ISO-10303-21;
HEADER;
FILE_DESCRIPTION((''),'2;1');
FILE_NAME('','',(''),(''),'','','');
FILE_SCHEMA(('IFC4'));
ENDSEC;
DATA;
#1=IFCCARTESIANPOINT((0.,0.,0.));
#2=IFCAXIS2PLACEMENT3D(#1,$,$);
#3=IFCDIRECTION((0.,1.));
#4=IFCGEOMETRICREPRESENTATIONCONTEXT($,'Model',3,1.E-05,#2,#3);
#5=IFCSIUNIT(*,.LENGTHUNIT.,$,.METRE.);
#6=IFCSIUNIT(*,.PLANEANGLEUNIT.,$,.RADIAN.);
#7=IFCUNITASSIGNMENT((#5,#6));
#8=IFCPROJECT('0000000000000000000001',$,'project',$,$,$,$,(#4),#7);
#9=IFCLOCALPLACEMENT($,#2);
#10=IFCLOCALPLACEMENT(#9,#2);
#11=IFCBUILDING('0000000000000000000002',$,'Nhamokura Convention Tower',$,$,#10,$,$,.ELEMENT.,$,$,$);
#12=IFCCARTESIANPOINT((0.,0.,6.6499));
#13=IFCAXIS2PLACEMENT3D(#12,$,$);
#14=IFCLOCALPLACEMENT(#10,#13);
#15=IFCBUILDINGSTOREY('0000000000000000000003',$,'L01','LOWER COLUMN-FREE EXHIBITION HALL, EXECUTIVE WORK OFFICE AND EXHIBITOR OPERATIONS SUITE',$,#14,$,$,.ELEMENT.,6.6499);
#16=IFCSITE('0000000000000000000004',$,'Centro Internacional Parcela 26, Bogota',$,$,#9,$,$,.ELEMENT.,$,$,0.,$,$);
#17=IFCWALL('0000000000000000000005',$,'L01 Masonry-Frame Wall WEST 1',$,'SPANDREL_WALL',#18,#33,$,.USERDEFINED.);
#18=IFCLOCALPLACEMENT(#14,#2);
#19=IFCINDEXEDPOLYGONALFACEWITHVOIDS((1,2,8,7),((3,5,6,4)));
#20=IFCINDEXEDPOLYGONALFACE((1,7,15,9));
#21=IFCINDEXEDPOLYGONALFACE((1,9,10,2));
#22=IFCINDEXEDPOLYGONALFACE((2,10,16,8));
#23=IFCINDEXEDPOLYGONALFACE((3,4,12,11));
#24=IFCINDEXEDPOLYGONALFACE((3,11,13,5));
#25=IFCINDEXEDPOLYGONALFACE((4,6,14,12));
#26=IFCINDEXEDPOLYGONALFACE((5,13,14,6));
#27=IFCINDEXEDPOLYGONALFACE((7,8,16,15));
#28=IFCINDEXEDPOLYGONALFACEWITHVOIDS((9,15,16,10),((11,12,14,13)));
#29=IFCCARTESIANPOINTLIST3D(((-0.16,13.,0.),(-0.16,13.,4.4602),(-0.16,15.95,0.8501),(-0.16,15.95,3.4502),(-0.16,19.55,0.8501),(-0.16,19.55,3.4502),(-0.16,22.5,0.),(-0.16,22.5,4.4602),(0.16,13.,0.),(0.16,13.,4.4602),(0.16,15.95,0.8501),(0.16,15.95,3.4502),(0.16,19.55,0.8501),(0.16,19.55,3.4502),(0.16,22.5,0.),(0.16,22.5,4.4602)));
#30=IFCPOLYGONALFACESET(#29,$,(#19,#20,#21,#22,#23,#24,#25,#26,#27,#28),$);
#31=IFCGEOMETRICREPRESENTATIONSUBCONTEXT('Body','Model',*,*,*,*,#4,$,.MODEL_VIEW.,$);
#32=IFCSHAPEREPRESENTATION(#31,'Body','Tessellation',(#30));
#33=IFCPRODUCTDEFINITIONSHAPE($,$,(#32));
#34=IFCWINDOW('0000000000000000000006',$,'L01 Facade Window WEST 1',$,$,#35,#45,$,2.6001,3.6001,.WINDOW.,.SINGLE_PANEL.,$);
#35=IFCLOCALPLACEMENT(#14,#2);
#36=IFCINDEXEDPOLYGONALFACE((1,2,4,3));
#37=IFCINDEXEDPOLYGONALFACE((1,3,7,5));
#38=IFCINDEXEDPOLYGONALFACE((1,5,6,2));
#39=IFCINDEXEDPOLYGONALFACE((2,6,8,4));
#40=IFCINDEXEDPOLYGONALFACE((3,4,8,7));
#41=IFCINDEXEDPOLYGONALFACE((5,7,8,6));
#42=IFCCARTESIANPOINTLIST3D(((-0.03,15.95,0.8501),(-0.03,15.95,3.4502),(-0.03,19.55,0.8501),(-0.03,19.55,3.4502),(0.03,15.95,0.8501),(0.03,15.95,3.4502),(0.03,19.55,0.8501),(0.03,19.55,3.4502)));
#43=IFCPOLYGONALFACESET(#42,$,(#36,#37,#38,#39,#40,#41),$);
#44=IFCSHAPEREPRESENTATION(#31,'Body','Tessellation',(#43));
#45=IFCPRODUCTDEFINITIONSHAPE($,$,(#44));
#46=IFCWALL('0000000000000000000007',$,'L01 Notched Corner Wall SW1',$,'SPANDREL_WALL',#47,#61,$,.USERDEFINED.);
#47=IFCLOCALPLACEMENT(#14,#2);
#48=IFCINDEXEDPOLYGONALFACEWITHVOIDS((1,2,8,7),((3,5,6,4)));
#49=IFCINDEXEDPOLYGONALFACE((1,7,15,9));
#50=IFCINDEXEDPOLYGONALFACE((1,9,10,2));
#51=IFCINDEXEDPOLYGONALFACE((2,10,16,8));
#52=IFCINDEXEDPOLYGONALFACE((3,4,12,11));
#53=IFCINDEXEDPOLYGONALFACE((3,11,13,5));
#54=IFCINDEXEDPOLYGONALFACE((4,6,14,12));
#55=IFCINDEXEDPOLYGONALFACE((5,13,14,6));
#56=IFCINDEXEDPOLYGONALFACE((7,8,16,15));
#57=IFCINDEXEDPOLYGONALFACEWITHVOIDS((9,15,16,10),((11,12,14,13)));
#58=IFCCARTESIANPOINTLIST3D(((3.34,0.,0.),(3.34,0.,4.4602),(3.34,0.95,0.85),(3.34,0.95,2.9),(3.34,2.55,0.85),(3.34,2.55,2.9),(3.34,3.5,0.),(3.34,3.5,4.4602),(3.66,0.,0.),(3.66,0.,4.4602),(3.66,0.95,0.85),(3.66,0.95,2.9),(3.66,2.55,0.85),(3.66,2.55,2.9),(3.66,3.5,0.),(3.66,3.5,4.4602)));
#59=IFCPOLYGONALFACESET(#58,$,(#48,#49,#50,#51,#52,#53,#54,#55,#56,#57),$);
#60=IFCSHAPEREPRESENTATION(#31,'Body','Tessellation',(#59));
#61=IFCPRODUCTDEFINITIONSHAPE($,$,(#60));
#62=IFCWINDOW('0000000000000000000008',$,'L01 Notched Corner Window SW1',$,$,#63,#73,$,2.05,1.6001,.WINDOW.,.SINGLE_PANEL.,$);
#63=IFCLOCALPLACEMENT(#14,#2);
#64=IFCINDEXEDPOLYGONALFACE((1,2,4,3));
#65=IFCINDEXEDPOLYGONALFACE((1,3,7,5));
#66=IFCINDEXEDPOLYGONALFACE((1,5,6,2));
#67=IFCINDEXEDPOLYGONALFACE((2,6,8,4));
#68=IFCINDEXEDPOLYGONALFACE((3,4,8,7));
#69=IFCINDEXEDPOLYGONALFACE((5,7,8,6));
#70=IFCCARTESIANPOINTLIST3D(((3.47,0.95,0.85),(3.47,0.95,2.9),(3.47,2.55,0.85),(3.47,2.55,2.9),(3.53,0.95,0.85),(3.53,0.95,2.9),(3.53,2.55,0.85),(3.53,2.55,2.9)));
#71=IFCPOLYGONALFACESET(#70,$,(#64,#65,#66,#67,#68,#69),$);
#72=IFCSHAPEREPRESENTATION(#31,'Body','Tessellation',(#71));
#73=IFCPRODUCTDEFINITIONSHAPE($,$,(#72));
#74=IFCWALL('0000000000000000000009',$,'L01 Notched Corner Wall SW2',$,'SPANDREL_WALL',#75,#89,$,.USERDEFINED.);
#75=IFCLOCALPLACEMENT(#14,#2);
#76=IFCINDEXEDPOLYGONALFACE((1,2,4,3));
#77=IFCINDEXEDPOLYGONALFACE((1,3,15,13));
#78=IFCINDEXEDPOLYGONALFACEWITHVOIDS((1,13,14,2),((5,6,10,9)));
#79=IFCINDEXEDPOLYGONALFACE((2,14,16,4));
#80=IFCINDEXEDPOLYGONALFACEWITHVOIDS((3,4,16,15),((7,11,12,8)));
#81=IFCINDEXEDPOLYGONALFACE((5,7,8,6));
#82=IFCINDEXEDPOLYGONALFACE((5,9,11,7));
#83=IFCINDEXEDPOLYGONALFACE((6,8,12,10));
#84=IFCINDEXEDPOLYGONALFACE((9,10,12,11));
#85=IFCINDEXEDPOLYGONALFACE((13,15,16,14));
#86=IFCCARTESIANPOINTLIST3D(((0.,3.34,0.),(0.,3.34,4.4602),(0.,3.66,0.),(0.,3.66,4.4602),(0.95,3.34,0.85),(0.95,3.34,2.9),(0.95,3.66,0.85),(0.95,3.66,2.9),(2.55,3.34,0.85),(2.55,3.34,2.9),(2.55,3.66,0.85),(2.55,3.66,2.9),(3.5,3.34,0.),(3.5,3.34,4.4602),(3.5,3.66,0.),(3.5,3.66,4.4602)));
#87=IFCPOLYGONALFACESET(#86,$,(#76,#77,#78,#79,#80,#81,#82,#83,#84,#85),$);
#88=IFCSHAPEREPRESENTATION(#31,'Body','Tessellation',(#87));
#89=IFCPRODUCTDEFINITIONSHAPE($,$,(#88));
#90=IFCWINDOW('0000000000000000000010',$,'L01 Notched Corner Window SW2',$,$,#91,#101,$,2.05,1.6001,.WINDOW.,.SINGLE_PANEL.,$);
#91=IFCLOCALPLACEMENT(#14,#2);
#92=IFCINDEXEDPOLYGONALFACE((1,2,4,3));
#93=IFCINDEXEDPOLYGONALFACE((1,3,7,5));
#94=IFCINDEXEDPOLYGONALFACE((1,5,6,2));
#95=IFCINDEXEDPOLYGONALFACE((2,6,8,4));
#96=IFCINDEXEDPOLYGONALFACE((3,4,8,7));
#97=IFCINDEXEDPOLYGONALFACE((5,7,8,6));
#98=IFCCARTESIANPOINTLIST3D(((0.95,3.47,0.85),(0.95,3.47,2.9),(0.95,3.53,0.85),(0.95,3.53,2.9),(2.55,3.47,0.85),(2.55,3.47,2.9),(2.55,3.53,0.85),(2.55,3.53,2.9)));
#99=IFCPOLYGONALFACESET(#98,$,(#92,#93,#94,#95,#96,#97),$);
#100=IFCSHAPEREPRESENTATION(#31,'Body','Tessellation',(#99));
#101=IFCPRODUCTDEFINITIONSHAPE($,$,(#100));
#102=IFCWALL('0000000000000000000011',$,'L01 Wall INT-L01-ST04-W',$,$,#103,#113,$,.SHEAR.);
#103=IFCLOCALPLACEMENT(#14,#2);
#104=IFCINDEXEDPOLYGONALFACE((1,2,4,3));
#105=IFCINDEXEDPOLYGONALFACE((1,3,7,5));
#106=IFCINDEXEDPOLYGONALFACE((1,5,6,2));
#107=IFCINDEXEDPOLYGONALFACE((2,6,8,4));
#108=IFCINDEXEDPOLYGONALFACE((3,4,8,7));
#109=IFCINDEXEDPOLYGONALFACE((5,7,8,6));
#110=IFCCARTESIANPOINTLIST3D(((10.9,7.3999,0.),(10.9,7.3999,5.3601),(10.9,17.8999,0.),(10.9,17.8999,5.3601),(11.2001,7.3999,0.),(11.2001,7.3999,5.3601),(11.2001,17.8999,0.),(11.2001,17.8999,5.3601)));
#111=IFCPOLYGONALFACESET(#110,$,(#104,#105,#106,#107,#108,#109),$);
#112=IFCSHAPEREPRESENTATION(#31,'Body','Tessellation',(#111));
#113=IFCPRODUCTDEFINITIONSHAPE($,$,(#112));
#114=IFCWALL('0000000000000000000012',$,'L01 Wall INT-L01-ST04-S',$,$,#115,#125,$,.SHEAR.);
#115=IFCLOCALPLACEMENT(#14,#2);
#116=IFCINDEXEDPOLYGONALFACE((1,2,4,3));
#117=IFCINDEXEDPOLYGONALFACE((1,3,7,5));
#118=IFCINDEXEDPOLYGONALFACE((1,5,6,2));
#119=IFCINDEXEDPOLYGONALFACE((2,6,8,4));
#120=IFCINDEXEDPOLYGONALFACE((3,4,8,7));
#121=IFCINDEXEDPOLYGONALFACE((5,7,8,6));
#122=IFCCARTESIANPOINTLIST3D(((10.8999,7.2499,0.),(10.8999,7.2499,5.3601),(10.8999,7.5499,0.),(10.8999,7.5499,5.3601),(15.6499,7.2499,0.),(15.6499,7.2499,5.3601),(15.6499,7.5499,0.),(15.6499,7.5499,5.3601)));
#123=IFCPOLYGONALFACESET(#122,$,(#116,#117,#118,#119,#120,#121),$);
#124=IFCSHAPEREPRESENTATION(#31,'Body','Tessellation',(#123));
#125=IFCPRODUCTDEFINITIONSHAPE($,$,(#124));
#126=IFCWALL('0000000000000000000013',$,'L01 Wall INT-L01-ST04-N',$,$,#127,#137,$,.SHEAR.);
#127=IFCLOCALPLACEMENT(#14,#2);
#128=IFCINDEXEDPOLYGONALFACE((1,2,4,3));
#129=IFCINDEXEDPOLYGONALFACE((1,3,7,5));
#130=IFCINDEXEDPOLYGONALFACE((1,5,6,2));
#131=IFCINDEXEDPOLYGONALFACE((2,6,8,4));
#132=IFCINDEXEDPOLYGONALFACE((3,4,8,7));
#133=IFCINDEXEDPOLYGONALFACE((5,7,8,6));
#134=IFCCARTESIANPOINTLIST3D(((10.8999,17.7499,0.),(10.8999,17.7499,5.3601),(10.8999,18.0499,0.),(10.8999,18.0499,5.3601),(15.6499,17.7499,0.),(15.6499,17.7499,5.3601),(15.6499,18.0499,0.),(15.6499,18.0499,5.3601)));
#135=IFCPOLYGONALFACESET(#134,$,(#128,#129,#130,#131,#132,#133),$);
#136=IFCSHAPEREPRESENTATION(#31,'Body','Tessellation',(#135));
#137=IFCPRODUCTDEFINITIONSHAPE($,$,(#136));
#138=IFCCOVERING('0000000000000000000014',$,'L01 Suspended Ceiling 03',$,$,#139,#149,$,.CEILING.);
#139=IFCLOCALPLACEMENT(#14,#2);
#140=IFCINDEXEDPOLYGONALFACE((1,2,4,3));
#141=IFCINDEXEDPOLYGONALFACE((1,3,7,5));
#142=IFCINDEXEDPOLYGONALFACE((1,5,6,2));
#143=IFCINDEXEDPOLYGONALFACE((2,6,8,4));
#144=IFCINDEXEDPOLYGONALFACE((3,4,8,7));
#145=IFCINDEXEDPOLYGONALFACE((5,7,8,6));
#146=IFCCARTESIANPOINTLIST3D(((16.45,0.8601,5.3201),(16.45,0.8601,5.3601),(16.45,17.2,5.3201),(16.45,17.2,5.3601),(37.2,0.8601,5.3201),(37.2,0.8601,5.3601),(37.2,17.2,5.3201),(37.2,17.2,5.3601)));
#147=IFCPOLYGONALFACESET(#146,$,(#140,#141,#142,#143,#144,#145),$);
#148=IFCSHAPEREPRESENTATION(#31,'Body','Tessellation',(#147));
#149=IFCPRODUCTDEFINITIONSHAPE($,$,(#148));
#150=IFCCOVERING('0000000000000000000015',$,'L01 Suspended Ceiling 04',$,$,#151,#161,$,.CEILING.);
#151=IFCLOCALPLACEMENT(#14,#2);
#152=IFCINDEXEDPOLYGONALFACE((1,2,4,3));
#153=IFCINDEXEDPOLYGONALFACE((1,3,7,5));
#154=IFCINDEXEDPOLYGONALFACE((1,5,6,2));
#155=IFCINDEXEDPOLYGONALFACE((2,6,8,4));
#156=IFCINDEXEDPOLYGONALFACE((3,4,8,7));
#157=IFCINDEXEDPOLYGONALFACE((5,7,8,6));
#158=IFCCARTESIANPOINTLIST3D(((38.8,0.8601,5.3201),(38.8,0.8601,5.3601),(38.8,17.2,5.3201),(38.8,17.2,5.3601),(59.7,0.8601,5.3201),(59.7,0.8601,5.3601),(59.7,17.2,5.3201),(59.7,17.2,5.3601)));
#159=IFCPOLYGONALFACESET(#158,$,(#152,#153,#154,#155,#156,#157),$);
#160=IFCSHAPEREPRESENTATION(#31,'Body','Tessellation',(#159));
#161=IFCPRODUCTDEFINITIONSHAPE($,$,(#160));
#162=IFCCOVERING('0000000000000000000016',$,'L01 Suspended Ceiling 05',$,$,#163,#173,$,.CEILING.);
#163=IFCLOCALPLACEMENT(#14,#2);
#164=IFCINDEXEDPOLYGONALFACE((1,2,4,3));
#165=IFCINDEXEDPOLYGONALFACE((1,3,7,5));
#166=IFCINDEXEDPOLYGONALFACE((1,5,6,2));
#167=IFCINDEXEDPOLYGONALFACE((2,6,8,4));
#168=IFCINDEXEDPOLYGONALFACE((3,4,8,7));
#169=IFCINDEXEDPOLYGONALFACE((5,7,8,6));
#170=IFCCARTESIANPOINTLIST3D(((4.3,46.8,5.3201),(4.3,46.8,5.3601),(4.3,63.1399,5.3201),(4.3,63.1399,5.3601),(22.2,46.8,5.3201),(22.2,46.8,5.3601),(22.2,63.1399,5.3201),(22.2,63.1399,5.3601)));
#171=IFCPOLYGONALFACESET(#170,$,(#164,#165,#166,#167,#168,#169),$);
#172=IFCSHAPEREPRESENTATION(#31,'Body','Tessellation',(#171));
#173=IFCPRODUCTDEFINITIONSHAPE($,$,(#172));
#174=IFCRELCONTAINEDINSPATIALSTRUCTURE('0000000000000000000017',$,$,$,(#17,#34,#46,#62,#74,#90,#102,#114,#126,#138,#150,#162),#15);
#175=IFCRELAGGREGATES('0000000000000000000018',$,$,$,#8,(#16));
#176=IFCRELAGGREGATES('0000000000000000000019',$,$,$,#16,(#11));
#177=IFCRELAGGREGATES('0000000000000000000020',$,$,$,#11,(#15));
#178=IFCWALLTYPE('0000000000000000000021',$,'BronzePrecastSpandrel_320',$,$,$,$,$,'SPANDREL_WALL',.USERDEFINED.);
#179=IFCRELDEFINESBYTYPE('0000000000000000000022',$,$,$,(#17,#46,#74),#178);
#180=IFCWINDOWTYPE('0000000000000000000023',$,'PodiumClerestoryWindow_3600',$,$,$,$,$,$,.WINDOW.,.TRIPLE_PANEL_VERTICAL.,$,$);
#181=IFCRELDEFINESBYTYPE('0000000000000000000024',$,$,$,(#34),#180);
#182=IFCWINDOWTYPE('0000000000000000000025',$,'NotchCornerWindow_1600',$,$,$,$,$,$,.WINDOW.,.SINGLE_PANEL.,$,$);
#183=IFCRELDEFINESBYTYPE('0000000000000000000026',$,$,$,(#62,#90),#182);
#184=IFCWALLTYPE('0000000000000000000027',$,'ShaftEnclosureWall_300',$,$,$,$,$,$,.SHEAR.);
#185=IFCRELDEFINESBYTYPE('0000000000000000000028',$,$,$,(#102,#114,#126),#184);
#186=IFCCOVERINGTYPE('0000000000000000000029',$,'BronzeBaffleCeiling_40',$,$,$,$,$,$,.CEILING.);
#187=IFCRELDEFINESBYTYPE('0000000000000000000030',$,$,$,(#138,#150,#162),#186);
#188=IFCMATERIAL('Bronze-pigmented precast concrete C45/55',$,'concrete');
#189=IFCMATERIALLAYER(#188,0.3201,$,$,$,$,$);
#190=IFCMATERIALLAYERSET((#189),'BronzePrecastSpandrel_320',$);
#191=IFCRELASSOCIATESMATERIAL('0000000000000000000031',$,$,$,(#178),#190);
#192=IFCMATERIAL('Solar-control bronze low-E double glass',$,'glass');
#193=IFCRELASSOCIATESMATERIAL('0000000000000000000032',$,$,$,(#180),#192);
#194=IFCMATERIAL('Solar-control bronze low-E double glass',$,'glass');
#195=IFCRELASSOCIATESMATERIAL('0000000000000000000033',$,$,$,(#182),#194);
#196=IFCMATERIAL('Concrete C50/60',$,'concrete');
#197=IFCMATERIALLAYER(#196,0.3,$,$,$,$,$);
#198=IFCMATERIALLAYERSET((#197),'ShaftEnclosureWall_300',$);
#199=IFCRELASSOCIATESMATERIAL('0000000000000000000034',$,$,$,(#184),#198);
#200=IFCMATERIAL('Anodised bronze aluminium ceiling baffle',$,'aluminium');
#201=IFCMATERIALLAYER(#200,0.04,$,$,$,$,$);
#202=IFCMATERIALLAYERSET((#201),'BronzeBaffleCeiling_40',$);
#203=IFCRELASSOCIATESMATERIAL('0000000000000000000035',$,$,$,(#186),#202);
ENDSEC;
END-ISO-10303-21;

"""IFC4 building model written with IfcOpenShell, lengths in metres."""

from ifc_helpers import new_model, si_unit, direction, frame, frame_2d, origin, place, context, subcontext, project, spatial, polyline, rectangle, outline, extrude, material, layer, layer_set, type_object, element, fill, save


model = new_model("IFC4")

# Units and contexts
model_context = context("Model", 3, precision=1e-05, world=origin(), true_north=direction((0.0, 1.0)))
body_context = subcontext(model_context, "Body", "Model", "MODEL_VIEW")
ifc_project = project(units=[si_unit("LENGTHUNIT", "METRE"), si_unit("PLANEANGLEUNIT", "RADIAN")], contexts=[model_context])

# Site, building, storey
site_placement = place(None, origin())
site = spatial("IfcSite", under=ifc_project, at=site_placement, Name="Centro Internacional Parcela 26, Bogota", CompositionType="ELEMENT", RefElevation=0.0)
building_placement = place(site_placement, origin())
building = spatial("IfcBuilding", under=site, at=building_placement, Name="Nhamokura Convention Tower", CompositionType="ELEMENT")
storey_placement = place(building_placement, frame((0.0, 0.0, 6.6499)))
storey = spatial("IfcBuildingStorey", under=building, at=storey_placement, Name="L01", Description="LOWER COLUMN-FREE EXHIBITION HALL, EXECUTIVE WORK OFFICE AND EXHIBITOR OPERATIONS SUITE", CompositionType="ELEMENT", Elevation=6.6499)

# Shared definitions
ifc_material_1 = material(Name="Bronze-pigmented precast concrete C45/55", Category="concrete")
ifc_layer_1 = layer(ifc_material_1, 0.3201)
ifc_layer_set_1 = layer_set([ifc_layer_1], Name="BronzePrecastSpandrel_320")
wall_type_1 = type_object("IfcWallType", Name="BronzePrecastSpandrel_320", ElementType="SPANDREL_WALL", PredefinedType="USERDEFINED", material=ifc_layer_set_1)

# Walls, openings, windows
wall_1_placement = place(storey_placement, frame((0.0, 13.0, 0.0), z_axis=(0.0, 0.0, 1.0), x_axis=(0.0, 1.0, 0.0)))
wall_1 = element("IfcWall", 1, at=wall_1_placement, inside=storey, type_object=wall_type_1, Name="L01 Masonry-Frame Wall WEST 1", ObjectType="SPANDREL_WALL", PredefinedType="USERDEFINED", context=body_context, shape_type="SweptSolid", body=[
    extrude(rectangle(XDim=9.5, YDim=0.3201, at=frame_2d((4.75, 0.0))), origin(), (0.0, 0.0, 1.0), 4.4602),
])
opening_1_placement = place(wall_1_placement, frame((2.95, 0.0, 0.8501)))
opening_1 = element("IfcOpeningElement", 2, at=opening_1_placement, cuts=wall_1, PredefinedType="OPENING", context=body_context, shape_type="SweptSolid", body=[
    extrude(rectangle(XDim=3.6001, YDim=2.6001, at=frame_2d((1.8, 1.3))), frame((0.0, 0.1699, 0.0), z_axis=(0.0, -1.0, 0.0), x_axis=(1.0, 0.0, 0.0)), (0.0, 0.0, 1.0), 0.3401),
])
ifc_material_2 = material(Name="Solar-control bronze low-E double glass", Category="glass")
window_type_1 = type_object("IfcWindowType", Name="PodiumClerestoryWindow_3600", PartitioningType="TRIPLE_PANEL_VERTICAL", PredefinedType="WINDOW", material=ifc_material_2)
window_1_placement = place(opening_1_placement, origin())
window_1 = element("IfcWindow", 3, at=window_1_placement, inside=storey, type_object=window_type_1, Name="L01 Facade Window WEST 1", OverallHeight=2.6001, OverallWidth=3.6001, PartitioningType="SINGLE_PANEL", PredefinedType="WINDOW", context=body_context, shape_type="SweptSolid", body=[
    extrude(rectangle(XDim=3.6001, YDim=2.6001, at=frame_2d((1.8, 1.3))), frame((0.0, 0.03, 0.0), z_axis=(0.0, -1.0, 0.0), x_axis=(1.0, 0.0, 0.0)), (0.0, 0.0, 1.0), 0.0601),
])
fill(opening_1, window_1)
wall_2_placement = place(storey_placement, frame((3.5, 0.0, 0.0), z_axis=(0.0, 0.0, 1.0), x_axis=(0.0, 1.0, 0.0)))
wall_2 = element("IfcWall", 4, at=wall_2_placement, inside=storey, type_object=wall_type_1, Name="L01 Notched Corner Wall SW1", ObjectType="SPANDREL_WALL", PredefinedType="USERDEFINED", context=body_context, shape_type="SweptSolid", body=[
    extrude(rectangle(XDim=3.5, YDim=0.3201, at=frame_2d((1.75, 0.0))), origin(), (0.0, 0.0, 1.0), 4.4602),
])
opening_2_placement = place(wall_2_placement, frame((0.95, 0.0, 0.8501)))
opening_2 = element("IfcOpeningElement", 5, at=opening_2_placement, cuts=wall_2, PredefinedType="OPENING", context=body_context, shape_type="SweptSolid", body=[
    extrude(rectangle(XDim=1.6001, YDim=2.05, at=frame_2d((0.8, 1.0249))), frame((0.0, 0.1699, 0.0), z_axis=(0.0, -1.0, 0.0), x_axis=(1.0, 0.0, 0.0)), (0.0, 0.0, 1.0), 0.3401),
])
ifc_material_3 = material(Name="Solar-control bronze low-E double glass", Category="glass")
window_type_2 = type_object("IfcWindowType", Name="NotchCornerWindow_1600", PartitioningType="SINGLE_PANEL", PredefinedType="WINDOW", material=ifc_material_3)
window_2_placement = place(opening_2_placement, origin())
window_2 = element("IfcWindow", 6, at=window_2_placement, inside=storey, type_object=window_type_2, Name="L01 Notched Corner Window SW1", OverallHeight=2.05, OverallWidth=1.6001, PartitioningType="SINGLE_PANEL", PredefinedType="WINDOW", context=body_context, shape_type="SweptSolid", body=[
    extrude(rectangle(XDim=1.6001, YDim=2.05, at=frame_2d((0.8, 1.0249))), frame((0.0, 0.03, 0.0), z_axis=(0.0, -1.0, 0.0), x_axis=(1.0, 0.0, 0.0)), (0.0, 0.0, 1.0), 0.0601),
])
fill(opening_2, window_2)
wall_3_placement = place(storey_placement, frame((3.5, 3.5, 0.0), z_axis=(0.0, 0.0, 1.0), x_axis=(-1.0, 0.0, 0.0)))
wall_3 = element("IfcWall", 7, at=wall_3_placement, inside=storey, type_object=wall_type_1, Name="L01 Notched Corner Wall SW2", ObjectType="SPANDREL_WALL", PredefinedType="USERDEFINED", context=body_context, shape_type="SweptSolid", body=[
    extrude(rectangle(XDim=3.5, YDim=0.3201, at=frame_2d((1.75, 0.0))), origin(), (0.0, 0.0, 1.0), 4.4602),
])
opening_3_placement = place(wall_3_placement, frame((0.95, 0.0, 0.8501)))
opening_3 = element("IfcOpeningElement", 8, at=opening_3_placement, cuts=wall_3, PredefinedType="OPENING", context=body_context, shape_type="SweptSolid", body=[
    extrude(rectangle(XDim=1.6001, YDim=2.05, at=frame_2d((0.8, 1.0249))), frame((0.0, 0.1699, 0.0), z_axis=(0.0, -1.0, 0.0), x_axis=(1.0, 0.0, 0.0)), (0.0, 0.0, 1.0), 0.3401),
])
window_3_placement = place(opening_3_placement, origin())
window_3 = element("IfcWindow", 9, at=window_3_placement, inside=storey, type_object=window_type_2, Name="L01 Notched Corner Window SW2", OverallHeight=2.05, OverallWidth=1.6001, PartitioningType="SINGLE_PANEL", PredefinedType="WINDOW", context=body_context, shape_type="SweptSolid", body=[
    extrude(rectangle(XDim=1.6001, YDim=2.05, at=frame_2d((0.8, 1.0249))), frame((0.0, 0.03, 0.0), z_axis=(0.0, -1.0, 0.0), x_axis=(1.0, 0.0, 0.0)), (0.0, 0.0, 1.0), 0.0601),
])
fill(opening_3, window_3)

# Walls
ifc_material_4 = material(Name="Concrete C50/60", Category="concrete")
ifc_layer_2 = layer(ifc_material_4, 0.3)
ifc_layer_set_2 = layer_set([ifc_layer_2], Name="ShaftEnclosureWall_300")
wall_type_2 = type_object("IfcWallType", Name="ShaftEnclosureWall_300", PredefinedType="SHEAR", material=ifc_layer_set_2)
wall_4_placement = place(storey_placement, frame((11.05, 7.3999, 0.0), z_axis=(0.0, 0.0, 1.0), x_axis=(0.0, 1.0, 0.0)))
element("IfcWall", 10, at=wall_4_placement, inside=storey, type_object=wall_type_2, Name="L01 Wall INT-L01-ST04-W", PredefinedType="SHEAR", context=body_context, shape_type="SweptSolid", body=[
    extrude(rectangle(XDim=10.5, YDim=0.3, at=frame_2d((5.25, 0.0))), origin(), (0.0, 0.0, 1.0), 5.3601),
])
for number, where, z_axis, x_axis, name in (
    (11, (10.8999, 7.3999, 0.0), (0.0, 0.0, 1.0), (1.0, 0.0, 0.0), "L01 Wall INT-L01-ST04-S"),
    (12, (10.8999, 17.8999, 0.0), (0.0, 0.0, 1.0), (1.0, 0.0, 0.0), "L01 Wall INT-L01-ST04-N"),
):
    element("IfcWall", number, at=place(storey_placement, frame(where, z_axis=z_axis, x_axis=x_axis)), inside=storey, type_object=wall_type_2, Name=name, PredefinedType="SHEAR", context=body_context, shape_type="SweptSolid", body=[
        extrude(rectangle(XDim=4.75, YDim=0.3, at=frame_2d((2.375, 0.0))), origin(), (0.0, 0.0, 1.0), 5.3601),
    ])

# Coverings
ifc_material_5 = material(Name="Anodised bronze aluminium ceiling baffle", Category="aluminium")
ifc_layer_3 = layer(ifc_material_5, 0.04)
ifc_layer_set_3 = layer_set([ifc_layer_3], Name="BronzeBaffleCeiling_40")
covering_type_1 = type_object("IfcCoveringType", Name="BronzeBaffleCeiling_40", PredefinedType="CEILING", material=ifc_layer_set_3)
covering_1_placement = place(storey_placement, frame((0.0, 0.0, 5.3201)))
element("IfcCovering", 13, at=covering_1_placement, inside=storey, type_object=covering_type_1, Name="L01 Suspended Ceiling 03", PredefinedType="CEILING", context=body_context, shape_type="SweptSolid", body=[
    extrude(outline(polyline([(16.45, 0.8601), (37.2, 0.8601), (37.2, 17.2), (16.45, 17.2), (16.45, 0.8601)])), origin(), (0.0, 0.0, 1.0), 0.04),
])
covering_2_placement = place(storey_placement, frame((0.0, 0.0, 5.3201)))
element("IfcCovering", 14, at=covering_2_placement, inside=storey, type_object=covering_type_1, Name="L01 Suspended Ceiling 04", PredefinedType="CEILING", context=body_context, shape_type="SweptSolid", body=[
    extrude(outline(polyline([(38.8, 0.8601), (59.7, 0.8601), (59.7, 17.2), (38.8, 17.2), (38.8, 0.8601)])), origin(), (0.0, 0.0, 1.0), 0.04),
])
covering_3_placement = place(storey_placement, frame((0.0, 0.0, 5.3201)))
element("IfcCovering", 15, at=covering_3_placement, inside=storey, type_object=covering_type_1, Name="L01 Suspended Ceiling 05", PredefinedType="CEILING", context=body_context, shape_type="SweptSolid", body=[
    extrude(outline(polyline([(4.3, 46.8), (22.2, 46.8), (22.2, 63.1399), (4.3, 63.1399), (4.3, 46.8)])), origin(), (0.0, 0.0, 1.0), 0.04),
])

save(model, "model.ifc")
